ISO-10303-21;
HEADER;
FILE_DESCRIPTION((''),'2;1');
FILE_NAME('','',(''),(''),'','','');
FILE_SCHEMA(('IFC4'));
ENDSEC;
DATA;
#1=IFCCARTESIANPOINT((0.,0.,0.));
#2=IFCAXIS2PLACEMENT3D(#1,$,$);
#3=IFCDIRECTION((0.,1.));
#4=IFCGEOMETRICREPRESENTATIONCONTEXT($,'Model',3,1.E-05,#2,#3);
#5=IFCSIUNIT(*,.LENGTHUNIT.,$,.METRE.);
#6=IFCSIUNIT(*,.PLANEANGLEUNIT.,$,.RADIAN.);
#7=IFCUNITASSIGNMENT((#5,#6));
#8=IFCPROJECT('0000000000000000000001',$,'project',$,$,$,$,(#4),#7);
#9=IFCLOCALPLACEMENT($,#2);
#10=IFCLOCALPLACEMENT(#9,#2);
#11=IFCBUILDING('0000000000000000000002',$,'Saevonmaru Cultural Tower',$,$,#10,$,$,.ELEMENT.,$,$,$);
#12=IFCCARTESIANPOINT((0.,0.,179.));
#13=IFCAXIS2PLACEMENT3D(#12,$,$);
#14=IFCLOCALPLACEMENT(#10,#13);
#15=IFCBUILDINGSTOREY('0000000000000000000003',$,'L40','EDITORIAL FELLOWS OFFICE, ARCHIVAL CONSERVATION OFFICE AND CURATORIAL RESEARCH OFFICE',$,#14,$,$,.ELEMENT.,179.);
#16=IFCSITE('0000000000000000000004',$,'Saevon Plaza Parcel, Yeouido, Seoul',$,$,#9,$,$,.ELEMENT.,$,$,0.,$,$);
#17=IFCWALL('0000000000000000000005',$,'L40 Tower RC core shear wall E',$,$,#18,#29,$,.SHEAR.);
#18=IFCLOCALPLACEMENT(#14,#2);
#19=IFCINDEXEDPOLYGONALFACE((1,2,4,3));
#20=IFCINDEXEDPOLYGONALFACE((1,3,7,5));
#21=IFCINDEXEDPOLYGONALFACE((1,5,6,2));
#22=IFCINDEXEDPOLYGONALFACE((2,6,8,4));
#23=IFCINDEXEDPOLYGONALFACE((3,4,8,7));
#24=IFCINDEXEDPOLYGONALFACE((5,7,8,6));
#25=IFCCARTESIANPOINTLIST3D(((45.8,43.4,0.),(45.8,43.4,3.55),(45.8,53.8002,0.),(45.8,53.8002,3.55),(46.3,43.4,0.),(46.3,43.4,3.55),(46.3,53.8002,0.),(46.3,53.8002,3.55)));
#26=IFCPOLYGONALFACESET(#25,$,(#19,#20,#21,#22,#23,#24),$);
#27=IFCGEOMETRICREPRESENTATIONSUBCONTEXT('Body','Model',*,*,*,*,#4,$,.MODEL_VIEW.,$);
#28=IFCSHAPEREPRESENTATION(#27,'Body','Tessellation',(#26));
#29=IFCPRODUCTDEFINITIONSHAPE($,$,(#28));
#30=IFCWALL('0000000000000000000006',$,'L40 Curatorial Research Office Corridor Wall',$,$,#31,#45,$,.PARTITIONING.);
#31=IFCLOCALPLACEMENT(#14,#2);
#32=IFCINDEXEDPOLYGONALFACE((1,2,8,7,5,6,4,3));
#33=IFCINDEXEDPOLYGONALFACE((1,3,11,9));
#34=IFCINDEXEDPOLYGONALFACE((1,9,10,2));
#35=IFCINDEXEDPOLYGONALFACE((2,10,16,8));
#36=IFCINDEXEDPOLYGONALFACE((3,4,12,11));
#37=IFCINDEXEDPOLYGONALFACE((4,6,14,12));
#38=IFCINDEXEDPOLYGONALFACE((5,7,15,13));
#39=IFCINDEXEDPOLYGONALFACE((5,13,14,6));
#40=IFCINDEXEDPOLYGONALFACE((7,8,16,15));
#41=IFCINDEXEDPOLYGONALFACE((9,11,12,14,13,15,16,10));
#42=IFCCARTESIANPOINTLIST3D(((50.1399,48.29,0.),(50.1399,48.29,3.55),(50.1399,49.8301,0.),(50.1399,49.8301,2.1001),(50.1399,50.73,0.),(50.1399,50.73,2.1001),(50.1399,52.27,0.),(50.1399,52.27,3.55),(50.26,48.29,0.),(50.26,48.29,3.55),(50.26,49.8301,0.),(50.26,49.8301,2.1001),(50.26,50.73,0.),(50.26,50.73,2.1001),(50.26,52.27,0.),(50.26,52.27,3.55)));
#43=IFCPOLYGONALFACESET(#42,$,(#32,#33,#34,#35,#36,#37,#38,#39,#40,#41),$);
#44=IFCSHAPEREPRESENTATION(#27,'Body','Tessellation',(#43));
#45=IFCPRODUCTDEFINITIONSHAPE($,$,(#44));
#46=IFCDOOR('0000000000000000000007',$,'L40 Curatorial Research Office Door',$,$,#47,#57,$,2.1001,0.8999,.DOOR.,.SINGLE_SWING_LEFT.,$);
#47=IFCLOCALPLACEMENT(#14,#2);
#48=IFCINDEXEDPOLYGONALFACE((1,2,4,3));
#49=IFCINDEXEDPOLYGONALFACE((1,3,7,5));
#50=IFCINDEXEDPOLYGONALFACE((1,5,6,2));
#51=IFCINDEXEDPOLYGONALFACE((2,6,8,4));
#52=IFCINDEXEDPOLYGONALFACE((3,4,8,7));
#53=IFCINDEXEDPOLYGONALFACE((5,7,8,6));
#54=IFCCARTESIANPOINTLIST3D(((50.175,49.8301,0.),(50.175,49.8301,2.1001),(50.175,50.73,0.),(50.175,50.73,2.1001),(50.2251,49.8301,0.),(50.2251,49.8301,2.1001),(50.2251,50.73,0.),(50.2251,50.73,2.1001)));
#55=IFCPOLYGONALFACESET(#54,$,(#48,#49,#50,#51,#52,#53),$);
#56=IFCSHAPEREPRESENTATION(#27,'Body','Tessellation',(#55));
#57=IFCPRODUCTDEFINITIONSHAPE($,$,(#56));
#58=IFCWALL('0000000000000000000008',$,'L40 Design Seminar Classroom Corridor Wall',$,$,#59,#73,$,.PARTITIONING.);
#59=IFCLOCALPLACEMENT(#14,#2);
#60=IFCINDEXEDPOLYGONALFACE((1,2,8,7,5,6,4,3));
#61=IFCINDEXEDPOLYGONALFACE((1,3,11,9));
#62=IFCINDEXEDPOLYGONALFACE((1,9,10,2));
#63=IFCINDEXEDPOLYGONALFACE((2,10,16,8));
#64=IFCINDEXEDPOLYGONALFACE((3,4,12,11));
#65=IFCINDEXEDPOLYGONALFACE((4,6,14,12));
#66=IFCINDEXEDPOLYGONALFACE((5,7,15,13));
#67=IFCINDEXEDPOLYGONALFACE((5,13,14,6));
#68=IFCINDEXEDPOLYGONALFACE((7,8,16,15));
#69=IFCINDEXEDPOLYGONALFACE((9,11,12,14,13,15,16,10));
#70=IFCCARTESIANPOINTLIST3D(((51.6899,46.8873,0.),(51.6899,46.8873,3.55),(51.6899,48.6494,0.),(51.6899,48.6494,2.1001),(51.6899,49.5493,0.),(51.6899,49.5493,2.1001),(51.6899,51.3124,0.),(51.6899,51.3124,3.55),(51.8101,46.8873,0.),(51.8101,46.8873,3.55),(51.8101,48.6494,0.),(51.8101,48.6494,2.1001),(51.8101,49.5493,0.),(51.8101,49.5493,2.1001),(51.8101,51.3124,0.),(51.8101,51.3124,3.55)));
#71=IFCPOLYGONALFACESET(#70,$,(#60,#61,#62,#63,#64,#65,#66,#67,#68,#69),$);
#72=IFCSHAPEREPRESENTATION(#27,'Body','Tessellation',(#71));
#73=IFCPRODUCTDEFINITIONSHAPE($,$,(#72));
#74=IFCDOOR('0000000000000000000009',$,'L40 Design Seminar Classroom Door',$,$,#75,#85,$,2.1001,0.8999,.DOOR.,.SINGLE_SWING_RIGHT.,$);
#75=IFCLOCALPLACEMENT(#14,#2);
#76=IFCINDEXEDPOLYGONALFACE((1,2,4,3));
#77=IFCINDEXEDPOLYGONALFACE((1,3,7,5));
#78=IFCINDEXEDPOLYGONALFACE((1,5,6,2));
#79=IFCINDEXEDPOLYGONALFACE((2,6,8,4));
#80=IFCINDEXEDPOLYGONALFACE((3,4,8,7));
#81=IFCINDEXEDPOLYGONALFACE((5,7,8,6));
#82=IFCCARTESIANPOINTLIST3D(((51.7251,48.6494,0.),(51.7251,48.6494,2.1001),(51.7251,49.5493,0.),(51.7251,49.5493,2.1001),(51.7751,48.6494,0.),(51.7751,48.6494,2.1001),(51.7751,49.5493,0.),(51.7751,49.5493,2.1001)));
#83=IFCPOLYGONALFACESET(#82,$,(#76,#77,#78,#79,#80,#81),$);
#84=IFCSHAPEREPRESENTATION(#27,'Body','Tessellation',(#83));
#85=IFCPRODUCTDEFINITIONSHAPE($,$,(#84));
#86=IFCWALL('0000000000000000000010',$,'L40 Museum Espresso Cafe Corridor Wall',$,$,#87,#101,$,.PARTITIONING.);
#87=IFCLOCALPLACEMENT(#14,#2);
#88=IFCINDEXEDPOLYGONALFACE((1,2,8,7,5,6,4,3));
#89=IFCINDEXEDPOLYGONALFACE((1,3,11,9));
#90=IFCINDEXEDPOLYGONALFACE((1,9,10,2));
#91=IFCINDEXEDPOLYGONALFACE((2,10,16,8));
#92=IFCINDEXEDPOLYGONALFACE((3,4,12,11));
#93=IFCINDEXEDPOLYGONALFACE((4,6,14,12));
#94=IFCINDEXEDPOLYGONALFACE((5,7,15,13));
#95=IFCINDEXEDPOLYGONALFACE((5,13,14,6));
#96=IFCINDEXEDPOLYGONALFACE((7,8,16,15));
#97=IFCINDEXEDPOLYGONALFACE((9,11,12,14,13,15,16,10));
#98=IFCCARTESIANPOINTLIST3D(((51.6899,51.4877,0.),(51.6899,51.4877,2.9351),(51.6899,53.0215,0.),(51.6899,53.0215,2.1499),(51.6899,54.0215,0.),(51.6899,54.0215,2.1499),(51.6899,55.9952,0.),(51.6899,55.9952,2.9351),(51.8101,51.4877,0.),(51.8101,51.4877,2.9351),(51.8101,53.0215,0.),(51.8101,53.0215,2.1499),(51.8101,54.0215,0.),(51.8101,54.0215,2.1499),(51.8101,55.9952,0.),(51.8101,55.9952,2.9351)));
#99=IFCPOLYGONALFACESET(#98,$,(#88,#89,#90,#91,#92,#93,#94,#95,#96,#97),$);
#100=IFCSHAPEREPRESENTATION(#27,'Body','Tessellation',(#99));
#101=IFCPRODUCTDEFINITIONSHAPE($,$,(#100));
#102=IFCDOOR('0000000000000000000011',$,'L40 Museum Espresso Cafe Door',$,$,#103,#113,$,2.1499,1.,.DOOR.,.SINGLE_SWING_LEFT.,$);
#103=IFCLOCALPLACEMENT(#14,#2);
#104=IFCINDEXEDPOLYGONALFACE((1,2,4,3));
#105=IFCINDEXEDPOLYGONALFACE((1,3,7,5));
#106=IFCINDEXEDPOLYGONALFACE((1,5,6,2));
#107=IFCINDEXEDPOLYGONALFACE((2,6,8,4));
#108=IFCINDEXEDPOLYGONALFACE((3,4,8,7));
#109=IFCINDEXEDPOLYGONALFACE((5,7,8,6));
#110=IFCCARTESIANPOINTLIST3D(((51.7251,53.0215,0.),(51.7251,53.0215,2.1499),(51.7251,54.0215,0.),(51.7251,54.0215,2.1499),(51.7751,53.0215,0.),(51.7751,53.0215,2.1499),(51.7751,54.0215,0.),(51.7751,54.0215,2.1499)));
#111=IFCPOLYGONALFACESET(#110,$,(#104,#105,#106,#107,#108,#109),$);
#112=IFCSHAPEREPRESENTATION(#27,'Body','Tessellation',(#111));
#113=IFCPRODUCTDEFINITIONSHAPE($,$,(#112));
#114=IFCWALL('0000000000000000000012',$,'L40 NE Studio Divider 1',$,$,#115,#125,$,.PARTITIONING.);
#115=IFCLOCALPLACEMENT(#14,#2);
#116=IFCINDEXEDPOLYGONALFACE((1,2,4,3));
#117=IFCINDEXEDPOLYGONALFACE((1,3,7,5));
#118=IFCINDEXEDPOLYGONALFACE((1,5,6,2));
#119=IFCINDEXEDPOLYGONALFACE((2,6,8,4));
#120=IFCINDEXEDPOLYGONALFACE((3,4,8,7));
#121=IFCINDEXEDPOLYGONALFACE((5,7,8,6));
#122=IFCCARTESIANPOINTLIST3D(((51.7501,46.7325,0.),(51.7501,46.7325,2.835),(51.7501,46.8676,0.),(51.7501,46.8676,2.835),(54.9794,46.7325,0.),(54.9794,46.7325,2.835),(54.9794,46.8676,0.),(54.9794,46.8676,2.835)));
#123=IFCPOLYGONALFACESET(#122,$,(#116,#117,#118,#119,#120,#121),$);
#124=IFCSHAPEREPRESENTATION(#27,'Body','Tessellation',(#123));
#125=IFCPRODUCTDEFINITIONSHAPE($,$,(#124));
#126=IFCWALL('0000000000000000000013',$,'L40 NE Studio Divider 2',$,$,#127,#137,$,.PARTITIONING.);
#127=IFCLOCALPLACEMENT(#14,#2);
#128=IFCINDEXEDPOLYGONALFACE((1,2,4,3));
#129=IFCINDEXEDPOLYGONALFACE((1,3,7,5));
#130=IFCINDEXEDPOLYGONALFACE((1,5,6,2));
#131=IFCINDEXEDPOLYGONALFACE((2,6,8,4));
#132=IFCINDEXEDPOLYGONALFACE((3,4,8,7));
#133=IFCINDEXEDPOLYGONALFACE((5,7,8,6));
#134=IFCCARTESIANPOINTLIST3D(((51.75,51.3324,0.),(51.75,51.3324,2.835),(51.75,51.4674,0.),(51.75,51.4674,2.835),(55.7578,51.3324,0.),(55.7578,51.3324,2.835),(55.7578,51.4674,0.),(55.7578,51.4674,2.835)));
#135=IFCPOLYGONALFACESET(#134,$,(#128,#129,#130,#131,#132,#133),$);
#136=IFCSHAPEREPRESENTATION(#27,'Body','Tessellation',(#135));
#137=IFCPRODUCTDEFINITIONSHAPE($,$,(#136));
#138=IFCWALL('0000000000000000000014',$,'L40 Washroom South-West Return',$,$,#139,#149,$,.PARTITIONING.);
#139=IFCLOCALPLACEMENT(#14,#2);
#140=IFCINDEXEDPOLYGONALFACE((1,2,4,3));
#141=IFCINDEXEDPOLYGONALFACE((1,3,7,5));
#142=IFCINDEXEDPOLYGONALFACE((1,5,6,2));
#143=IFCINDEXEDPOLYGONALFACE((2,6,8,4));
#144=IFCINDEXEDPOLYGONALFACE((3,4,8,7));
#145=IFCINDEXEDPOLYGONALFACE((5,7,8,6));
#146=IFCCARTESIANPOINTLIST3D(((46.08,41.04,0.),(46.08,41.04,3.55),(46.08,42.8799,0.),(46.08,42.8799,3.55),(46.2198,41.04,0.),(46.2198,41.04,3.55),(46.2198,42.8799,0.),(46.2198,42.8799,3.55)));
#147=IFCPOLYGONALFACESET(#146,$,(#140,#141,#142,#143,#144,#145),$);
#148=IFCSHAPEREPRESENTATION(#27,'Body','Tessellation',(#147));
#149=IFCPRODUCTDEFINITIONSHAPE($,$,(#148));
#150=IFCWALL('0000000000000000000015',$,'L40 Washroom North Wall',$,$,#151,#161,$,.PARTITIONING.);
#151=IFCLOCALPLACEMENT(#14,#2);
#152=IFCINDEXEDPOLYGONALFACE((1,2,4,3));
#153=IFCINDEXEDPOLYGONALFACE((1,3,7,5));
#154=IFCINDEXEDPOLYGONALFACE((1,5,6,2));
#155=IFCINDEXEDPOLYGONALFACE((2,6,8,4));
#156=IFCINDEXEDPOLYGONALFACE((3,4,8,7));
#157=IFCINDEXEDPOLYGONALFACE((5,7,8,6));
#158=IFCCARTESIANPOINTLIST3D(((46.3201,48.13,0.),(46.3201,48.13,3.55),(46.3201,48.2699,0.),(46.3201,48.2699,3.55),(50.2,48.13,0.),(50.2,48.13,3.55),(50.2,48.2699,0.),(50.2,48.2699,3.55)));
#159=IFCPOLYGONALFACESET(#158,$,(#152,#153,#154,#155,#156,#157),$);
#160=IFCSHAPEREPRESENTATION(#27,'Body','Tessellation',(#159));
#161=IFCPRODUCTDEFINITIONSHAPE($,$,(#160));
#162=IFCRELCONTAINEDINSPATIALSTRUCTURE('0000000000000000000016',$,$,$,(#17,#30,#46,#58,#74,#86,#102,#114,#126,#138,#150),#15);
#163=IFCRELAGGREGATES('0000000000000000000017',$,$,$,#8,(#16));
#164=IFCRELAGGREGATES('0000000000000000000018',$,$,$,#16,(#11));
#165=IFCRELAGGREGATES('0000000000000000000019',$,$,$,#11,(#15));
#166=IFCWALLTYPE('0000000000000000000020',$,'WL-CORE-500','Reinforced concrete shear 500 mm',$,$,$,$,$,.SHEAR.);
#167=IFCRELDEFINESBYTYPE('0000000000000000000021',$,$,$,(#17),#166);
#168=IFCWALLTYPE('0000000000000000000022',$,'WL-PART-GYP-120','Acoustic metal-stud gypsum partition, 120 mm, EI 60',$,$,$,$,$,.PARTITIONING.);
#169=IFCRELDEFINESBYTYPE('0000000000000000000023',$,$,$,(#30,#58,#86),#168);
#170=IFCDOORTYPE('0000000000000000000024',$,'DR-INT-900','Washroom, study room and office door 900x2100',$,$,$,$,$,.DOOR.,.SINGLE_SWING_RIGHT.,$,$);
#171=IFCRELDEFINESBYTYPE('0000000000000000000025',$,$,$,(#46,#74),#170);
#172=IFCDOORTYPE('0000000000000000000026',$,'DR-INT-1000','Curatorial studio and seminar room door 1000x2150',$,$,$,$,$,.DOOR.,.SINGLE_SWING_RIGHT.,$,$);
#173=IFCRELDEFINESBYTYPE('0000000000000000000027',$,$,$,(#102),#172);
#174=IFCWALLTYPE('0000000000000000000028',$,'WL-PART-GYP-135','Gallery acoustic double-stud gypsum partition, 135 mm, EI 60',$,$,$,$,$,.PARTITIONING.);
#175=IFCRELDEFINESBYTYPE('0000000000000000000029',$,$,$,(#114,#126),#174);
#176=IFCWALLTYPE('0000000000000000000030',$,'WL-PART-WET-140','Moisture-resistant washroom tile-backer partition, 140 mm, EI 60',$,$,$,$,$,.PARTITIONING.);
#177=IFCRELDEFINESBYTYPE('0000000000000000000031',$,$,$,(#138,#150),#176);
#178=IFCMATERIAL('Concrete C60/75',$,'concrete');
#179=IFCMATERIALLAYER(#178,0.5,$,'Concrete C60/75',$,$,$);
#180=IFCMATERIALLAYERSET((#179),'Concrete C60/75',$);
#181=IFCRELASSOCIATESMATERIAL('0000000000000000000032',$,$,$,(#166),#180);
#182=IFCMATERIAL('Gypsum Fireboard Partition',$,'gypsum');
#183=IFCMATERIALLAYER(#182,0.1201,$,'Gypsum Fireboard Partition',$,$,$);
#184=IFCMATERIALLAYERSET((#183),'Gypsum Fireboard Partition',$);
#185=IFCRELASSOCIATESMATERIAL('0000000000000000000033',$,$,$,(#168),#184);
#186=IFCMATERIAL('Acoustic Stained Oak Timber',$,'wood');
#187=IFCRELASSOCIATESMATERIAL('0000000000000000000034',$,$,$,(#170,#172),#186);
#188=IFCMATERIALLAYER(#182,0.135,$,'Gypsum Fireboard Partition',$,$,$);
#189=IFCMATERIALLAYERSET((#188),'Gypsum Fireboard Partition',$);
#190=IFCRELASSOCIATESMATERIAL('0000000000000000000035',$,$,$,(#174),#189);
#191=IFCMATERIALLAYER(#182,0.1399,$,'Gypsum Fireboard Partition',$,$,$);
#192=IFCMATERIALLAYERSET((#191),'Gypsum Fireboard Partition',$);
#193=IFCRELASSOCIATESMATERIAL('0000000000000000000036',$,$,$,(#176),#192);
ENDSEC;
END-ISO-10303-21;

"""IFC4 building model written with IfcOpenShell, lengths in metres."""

from ifc_helpers import new_model, si_unit, direction, frame, frame_2d, origin, place, context, subcontext, project, spatial, rectangle, extrude, material, layer, layer_set, type_object, element, fill, save


model = new_model("IFC4")

# Units and contexts
model_context = context("Model", 3, precision=1e-05, world=origin(), true_north=direction((0.0, 1.0)))
body_context = subcontext(model_context, "Body", "Model", "MODEL_VIEW")
ifc_project = project(units=[si_unit("LENGTHUNIT", "METRE"), si_unit("PLANEANGLEUNIT", "RADIAN")], contexts=[model_context])

# Site, building, storey
site_placement = place(None, origin())
site = spatial("IfcSite", under=ifc_project, at=site_placement, Name="Saevon Plaza Parcel, Yeouido, Seoul", CompositionType="ELEMENT", RefElevation=0.0)
building_placement = place(site_placement, origin())
building = spatial("IfcBuilding", under=site, at=building_placement, Name="Saevonmaru Cultural Tower", CompositionType="ELEMENT")
storey_placement = place(building_placement, frame((0.0, 0.0, 179.0)))
storey = spatial("IfcBuildingStorey", under=building, at=storey_placement, Name="L40", Description="EDITORIAL FELLOWS OFFICE, ARCHIVAL CONSERVATION OFFICE AND CURATORIAL RESEARCH OFFICE", CompositionType="ELEMENT", Elevation=179.0)

# Wall
ifc_material_1 = material(Name="Concrete C60/75", Category="concrete")
ifc_layer_1 = layer(ifc_material_1, 0.5, Name="Concrete C60/75")
ifc_layer_set_1 = layer_set([ifc_layer_1], Name="Concrete C60/75")
wall_type_1 = type_object("IfcWallType", Name="WL-CORE-500", Description="Reinforced concrete shear 500 mm", PredefinedType="SHEAR", material=ifc_layer_set_1)
wall_1_placement = place(storey_placement, frame((46.05, 43.3999, 0.0), z_axis=(0.0, 0.0, 1.0), x_axis=(0.0, 1.0, 0.0)))
element("IfcWall", 1, at=wall_1_placement, inside=storey, type_object=wall_type_1, Name="L40 Tower RC core shear wall E", PredefinedType="SHEAR", context=body_context, shape_type="SweptSolid", body=[
    extrude(rectangle(XDim=10.4001, YDim=0.5, at=frame_2d((5.2002, 0.0))), origin(), (0.0, 0.0, 1.0), 3.55),
])

# Walls, openings, doors
ifc_material_2 = material(Name="Gypsum Fireboard Partition", Category="gypsum")
ifc_layer_2 = layer(ifc_material_2, 0.1201, Name="Gypsum Fireboard Partition")
ifc_layer_set_2 = layer_set([ifc_layer_2], Name="Gypsum Fireboard Partition")
wall_type_2 = type_object("IfcWallType", Name="WL-PART-GYP-120", Description="Acoustic metal-stud gypsum partition, 120 mm, EI 60", PredefinedType="PARTITIONING", material=ifc_layer_set_2)
wall_2_placement = place(storey_placement, frame((50.2, 48.29, 0.0), z_axis=(0.0, 0.0, 1.0), x_axis=(0.0, 1.0, 0.0)))
wall_2 = element("IfcWall", 2, at=wall_2_placement, inside=storey, type_object=wall_type_2, Name="L40 Curatorial Research Office Corridor Wall", PredefinedType="PARTITIONING", context=body_context, shape_type="SweptSolid", body=[
    extrude(rectangle(XDim=3.98, YDim=0.1201, at=frame_2d((1.99, 0.0))), origin(), (0.0, 0.0, 1.0), 3.55),
])
opening_1_placement = place(wall_2_placement, frame((1.54, 0.0, 0.0)))
opening_1 = element("IfcOpeningElement", 3, at=opening_1_placement, cuts=wall_2, PredefinedType="OPENING", context=body_context, shape_type="SweptSolid", body=[
    extrude(rectangle(XDim=0.8999, YDim=2.1001, at=frame_2d((0.45, 1.05))), frame((0.0, 0.0701, 0.0), z_axis=(0.0, -1.0, 0.0), x_axis=(1.0, 0.0, 0.0)), (0.0, 0.0, 1.0), 0.1401),
])
ifc_material_3 = material(Name="Acoustic Stained Oak Timber", Category="wood")
door_type_1 = type_object("IfcDoorType", Name="DR-INT-900", Description="Washroom, study room and office door 900x2100", OperationType="SINGLE_SWING_RIGHT", PredefinedType="DOOR", material=ifc_material_3)
door_1_placement = place(opening_1_placement, origin())
door_1 = element("IfcDoor", 4, at=door_1_placement, inside=storey, type_object=door_type_1, Name="L40 Curatorial Research Office Door", OperationType="SINGLE_SWING_LEFT", OverallHeight=2.1001, OverallWidth=0.8999, PredefinedType="DOOR", context=body_context, shape_type="SweptSolid", body=[
    extrude(rectangle(XDim=0.8999, YDim=2.1001, at=frame_2d((0.45, 1.05))), frame((0.0, 0.0249, 0.0), z_axis=(0.0, -1.0, 0.0), x_axis=(1.0, 0.0, 0.0)), (0.0, 0.0, 1.0), 0.05),
])
fill(opening_1, door_1)
wall_3_placement = place(storey_placement, frame((51.75, 46.8875, 0.0), z_axis=(0.0, 0.0, 1.0), x_axis=(0.0, 1.0, 0.0)))
wall_3 = element("IfcWall", 5, at=wall_3_placement, inside=storey, type_object=wall_type_2, Name="L40 Design Seminar Classroom Corridor Wall", PredefinedType="PARTITIONING", context=body_context, shape_type="SweptSolid", body=[
    extrude(rectangle(XDim=4.425, YDim=0.1201, at=frame_2d((2.2124, 0.0))), origin(), (0.0, 0.0, 1.0), 3.55),
])
opening_2_placement = place(wall_3_placement, frame((1.762, 0.0, 0.0)))
opening_2 = element("IfcOpeningElement", 6, at=opening_2_placement, cuts=wall_3, PredefinedType="OPENING", context=body_context, shape_type="SweptSolid", body=[
    extrude(rectangle(XDim=0.8999, YDim=2.1001, at=frame_2d((0.45, 1.05))), frame((0.0, 0.0701, 0.0), z_axis=(0.0, -1.0, 0.0), x_axis=(1.0, 0.0, 0.0)), (0.0, 0.0, 1.0), 0.1401),
])
door_2_placement = place(opening_2_placement, origin())
door_2 = element("IfcDoor", 7, at=door_2_placement, inside=storey, type_object=door_type_1, Name="L40 Design Seminar Classroom Door", OperationType="SINGLE_SWING_RIGHT", OverallHeight=2.1001, OverallWidth=0.8999, PredefinedType="DOOR", context=body_context, shape_type="SweptSolid", body=[
    extrude(rectangle(XDim=0.8999, YDim=2.1001, at=frame_2d((0.45, 1.05))), frame((0.0, 0.0249, 0.0), z_axis=(0.0, -1.0, 0.0), x_axis=(1.0, 0.0, 0.0)), (0.0, 0.0, 1.0), 0.05),
])
fill(opening_2, door_2)
wall_4_placement = place(storey_placement, frame((51.75, 51.4875, 0.0), z_axis=(0.0, 0.0, 1.0), x_axis=(0.0, 1.0, 0.0)))
wall_4 = element("IfcWall", 8, at=wall_4_placement, inside=storey, type_object=wall_type_2, Name="L40 Museum Espresso Cafe Corridor Wall", PredefinedType="PARTITIONING", context=body_context, shape_type="SweptSolid", body=[
    extrude(rectangle(XDim=4.5076, YDim=0.1201, at=frame_2d((2.2539, 0.0))), origin(), (0.0, 0.0, 1.0), 2.9351),
])
opening_3_placement = place(wall_4_placement, frame((1.5339, 0.0, 0.0)))
opening_3 = element("IfcOpeningElement", 9, at=opening_3_placement, cuts=wall_4, PredefinedType="OPENING", context=body_context, shape_type="SweptSolid", body=[
    extrude(rectangle(XDim=1.0, YDim=2.1499, at=frame_2d((0.5, 1.075))), frame((0.0, 0.0701, 0.0), z_axis=(0.0, -1.0, 0.0), x_axis=(1.0, 0.0, 0.0)), (0.0, 0.0, 1.0), 0.1401),
])
door_type_2 = type_object("IfcDoorType", Name="DR-INT-1000", Description="Curatorial studio and seminar room door 1000x2150", OperationType="SINGLE_SWING_RIGHT", PredefinedType="DOOR", material=ifc_material_3)
door_3_placement = place(opening_3_placement, origin())
door_3 = element("IfcDoor", 10, at=door_3_placement, inside=storey, type_object=door_type_2, Name="L40 Museum Espresso Cafe Door", OperationType="SINGLE_SWING_LEFT", OverallHeight=2.1499, OverallWidth=1.0, PredefinedType="DOOR", context=body_context, shape_type="SweptSolid", body=[
    extrude(rectangle(XDim=1.0, YDim=2.1499, at=frame_2d((0.5, 1.075))), frame((0.0, 0.0249, 0.0), z_axis=(0.0, -1.0, 0.0), x_axis=(1.0, 0.0, 0.0)), (0.0, 0.0, 1.0), 0.05),
])
fill(opening_3, door_3)

# Walls
ifc_layer_3 = layer(ifc_material_2, 0.135, Name="Gypsum Fireboard Partition")
ifc_layer_set_3 = layer_set([ifc_layer_3], Name="Gypsum Fireboard Partition")
wall_type_3 = type_object("IfcWallType", Name="WL-PART-GYP-135", Description="Gallery acoustic double-stud gypsum partition, 135 mm, EI 60", PredefinedType="PARTITIONING", material=ifc_layer_set_3)
wall_5_placement = place(storey_placement, frame((51.75, 46.8, 0.0), z_axis=(0.0, 0.0, 1.0), x_axis=(1.0, 0.0, 0.0)))
element("IfcWall", 11, at=wall_5_placement, inside=storey, type_object=wall_type_3, Name="L40 NE Studio Divider 1", PredefinedType="PARTITIONING", context=body_context, shape_type="SweptSolid", body=[
    extrude(rectangle(XDim=3.2292, YDim=0.135, at=frame_2d((1.6147, 0.0))), origin(), (0.0, 0.0, 1.0), 2.835),
])
wall_6_placement = place(storey_placement, frame((51.75, 51.3999, 0.0), z_axis=(0.0, 0.0, 1.0), x_axis=(1.0, 0.0, 0.0)))
element("IfcWall", 12, at=wall_6_placement, inside=storey, type_object=wall_type_3, Name="L40 NE Studio Divider 2", PredefinedType="PARTITIONING", context=body_context, shape_type="SweptSolid", body=[
    extrude(rectangle(XDim=4.0078, YDim=0.135, at=frame_2d((2.0039, 0.0))), origin(), (0.0, 0.0, 1.0), 2.835),
])
ifc_layer_4 = layer(ifc_material_2, 0.1399, Name="Gypsum Fireboard Partition")
ifc_layer_set_4 = layer_set([ifc_layer_4], Name="Gypsum Fireboard Partition")
wall_type_4 = type_object("IfcWallType", Name="WL-PART-WET-140", Description="Moisture-resistant washroom tile-backer partition, 140 mm, EI 60", PredefinedType="PARTITIONING", material=ifc_layer_set_4)
wall_7_placement = place(storey_placement, frame((46.1499, 41.04, 0.0), z_axis=(0.0, 0.0, 1.0), x_axis=(0.0, 1.0, 0.0)))
element("IfcWall", 13, at=wall_7_placement, inside=storey, type_object=wall_type_4, Name="L40 Washroom South-West Return", PredefinedType="PARTITIONING", context=body_context, shape_type="SweptSolid", body=[
    extrude(rectangle(XDim=1.8398, YDim=0.1399, at=frame_2d((0.9199, 0.0))), origin(), (0.0, 0.0, 1.0), 3.55),
])
wall_8_placement = place(storey_placement, frame((46.3201, 48.2, 0.0), z_axis=(0.0, 0.0, 1.0), x_axis=(1.0, 0.0, 0.0)))
element("IfcWall", 14, at=wall_8_placement, inside=storey, type_object=wall_type_4, Name="L40 Washroom North Wall", PredefinedType="PARTITIONING", context=body_context, shape_type="SweptSolid", body=[
    extrude(rectangle(XDim=3.8799, YDim=0.1399, at=frame_2d((1.9399, 0.0))), origin(), (0.0, 0.0, 1.0), 3.55),
])

save(model, "model.ifc")
